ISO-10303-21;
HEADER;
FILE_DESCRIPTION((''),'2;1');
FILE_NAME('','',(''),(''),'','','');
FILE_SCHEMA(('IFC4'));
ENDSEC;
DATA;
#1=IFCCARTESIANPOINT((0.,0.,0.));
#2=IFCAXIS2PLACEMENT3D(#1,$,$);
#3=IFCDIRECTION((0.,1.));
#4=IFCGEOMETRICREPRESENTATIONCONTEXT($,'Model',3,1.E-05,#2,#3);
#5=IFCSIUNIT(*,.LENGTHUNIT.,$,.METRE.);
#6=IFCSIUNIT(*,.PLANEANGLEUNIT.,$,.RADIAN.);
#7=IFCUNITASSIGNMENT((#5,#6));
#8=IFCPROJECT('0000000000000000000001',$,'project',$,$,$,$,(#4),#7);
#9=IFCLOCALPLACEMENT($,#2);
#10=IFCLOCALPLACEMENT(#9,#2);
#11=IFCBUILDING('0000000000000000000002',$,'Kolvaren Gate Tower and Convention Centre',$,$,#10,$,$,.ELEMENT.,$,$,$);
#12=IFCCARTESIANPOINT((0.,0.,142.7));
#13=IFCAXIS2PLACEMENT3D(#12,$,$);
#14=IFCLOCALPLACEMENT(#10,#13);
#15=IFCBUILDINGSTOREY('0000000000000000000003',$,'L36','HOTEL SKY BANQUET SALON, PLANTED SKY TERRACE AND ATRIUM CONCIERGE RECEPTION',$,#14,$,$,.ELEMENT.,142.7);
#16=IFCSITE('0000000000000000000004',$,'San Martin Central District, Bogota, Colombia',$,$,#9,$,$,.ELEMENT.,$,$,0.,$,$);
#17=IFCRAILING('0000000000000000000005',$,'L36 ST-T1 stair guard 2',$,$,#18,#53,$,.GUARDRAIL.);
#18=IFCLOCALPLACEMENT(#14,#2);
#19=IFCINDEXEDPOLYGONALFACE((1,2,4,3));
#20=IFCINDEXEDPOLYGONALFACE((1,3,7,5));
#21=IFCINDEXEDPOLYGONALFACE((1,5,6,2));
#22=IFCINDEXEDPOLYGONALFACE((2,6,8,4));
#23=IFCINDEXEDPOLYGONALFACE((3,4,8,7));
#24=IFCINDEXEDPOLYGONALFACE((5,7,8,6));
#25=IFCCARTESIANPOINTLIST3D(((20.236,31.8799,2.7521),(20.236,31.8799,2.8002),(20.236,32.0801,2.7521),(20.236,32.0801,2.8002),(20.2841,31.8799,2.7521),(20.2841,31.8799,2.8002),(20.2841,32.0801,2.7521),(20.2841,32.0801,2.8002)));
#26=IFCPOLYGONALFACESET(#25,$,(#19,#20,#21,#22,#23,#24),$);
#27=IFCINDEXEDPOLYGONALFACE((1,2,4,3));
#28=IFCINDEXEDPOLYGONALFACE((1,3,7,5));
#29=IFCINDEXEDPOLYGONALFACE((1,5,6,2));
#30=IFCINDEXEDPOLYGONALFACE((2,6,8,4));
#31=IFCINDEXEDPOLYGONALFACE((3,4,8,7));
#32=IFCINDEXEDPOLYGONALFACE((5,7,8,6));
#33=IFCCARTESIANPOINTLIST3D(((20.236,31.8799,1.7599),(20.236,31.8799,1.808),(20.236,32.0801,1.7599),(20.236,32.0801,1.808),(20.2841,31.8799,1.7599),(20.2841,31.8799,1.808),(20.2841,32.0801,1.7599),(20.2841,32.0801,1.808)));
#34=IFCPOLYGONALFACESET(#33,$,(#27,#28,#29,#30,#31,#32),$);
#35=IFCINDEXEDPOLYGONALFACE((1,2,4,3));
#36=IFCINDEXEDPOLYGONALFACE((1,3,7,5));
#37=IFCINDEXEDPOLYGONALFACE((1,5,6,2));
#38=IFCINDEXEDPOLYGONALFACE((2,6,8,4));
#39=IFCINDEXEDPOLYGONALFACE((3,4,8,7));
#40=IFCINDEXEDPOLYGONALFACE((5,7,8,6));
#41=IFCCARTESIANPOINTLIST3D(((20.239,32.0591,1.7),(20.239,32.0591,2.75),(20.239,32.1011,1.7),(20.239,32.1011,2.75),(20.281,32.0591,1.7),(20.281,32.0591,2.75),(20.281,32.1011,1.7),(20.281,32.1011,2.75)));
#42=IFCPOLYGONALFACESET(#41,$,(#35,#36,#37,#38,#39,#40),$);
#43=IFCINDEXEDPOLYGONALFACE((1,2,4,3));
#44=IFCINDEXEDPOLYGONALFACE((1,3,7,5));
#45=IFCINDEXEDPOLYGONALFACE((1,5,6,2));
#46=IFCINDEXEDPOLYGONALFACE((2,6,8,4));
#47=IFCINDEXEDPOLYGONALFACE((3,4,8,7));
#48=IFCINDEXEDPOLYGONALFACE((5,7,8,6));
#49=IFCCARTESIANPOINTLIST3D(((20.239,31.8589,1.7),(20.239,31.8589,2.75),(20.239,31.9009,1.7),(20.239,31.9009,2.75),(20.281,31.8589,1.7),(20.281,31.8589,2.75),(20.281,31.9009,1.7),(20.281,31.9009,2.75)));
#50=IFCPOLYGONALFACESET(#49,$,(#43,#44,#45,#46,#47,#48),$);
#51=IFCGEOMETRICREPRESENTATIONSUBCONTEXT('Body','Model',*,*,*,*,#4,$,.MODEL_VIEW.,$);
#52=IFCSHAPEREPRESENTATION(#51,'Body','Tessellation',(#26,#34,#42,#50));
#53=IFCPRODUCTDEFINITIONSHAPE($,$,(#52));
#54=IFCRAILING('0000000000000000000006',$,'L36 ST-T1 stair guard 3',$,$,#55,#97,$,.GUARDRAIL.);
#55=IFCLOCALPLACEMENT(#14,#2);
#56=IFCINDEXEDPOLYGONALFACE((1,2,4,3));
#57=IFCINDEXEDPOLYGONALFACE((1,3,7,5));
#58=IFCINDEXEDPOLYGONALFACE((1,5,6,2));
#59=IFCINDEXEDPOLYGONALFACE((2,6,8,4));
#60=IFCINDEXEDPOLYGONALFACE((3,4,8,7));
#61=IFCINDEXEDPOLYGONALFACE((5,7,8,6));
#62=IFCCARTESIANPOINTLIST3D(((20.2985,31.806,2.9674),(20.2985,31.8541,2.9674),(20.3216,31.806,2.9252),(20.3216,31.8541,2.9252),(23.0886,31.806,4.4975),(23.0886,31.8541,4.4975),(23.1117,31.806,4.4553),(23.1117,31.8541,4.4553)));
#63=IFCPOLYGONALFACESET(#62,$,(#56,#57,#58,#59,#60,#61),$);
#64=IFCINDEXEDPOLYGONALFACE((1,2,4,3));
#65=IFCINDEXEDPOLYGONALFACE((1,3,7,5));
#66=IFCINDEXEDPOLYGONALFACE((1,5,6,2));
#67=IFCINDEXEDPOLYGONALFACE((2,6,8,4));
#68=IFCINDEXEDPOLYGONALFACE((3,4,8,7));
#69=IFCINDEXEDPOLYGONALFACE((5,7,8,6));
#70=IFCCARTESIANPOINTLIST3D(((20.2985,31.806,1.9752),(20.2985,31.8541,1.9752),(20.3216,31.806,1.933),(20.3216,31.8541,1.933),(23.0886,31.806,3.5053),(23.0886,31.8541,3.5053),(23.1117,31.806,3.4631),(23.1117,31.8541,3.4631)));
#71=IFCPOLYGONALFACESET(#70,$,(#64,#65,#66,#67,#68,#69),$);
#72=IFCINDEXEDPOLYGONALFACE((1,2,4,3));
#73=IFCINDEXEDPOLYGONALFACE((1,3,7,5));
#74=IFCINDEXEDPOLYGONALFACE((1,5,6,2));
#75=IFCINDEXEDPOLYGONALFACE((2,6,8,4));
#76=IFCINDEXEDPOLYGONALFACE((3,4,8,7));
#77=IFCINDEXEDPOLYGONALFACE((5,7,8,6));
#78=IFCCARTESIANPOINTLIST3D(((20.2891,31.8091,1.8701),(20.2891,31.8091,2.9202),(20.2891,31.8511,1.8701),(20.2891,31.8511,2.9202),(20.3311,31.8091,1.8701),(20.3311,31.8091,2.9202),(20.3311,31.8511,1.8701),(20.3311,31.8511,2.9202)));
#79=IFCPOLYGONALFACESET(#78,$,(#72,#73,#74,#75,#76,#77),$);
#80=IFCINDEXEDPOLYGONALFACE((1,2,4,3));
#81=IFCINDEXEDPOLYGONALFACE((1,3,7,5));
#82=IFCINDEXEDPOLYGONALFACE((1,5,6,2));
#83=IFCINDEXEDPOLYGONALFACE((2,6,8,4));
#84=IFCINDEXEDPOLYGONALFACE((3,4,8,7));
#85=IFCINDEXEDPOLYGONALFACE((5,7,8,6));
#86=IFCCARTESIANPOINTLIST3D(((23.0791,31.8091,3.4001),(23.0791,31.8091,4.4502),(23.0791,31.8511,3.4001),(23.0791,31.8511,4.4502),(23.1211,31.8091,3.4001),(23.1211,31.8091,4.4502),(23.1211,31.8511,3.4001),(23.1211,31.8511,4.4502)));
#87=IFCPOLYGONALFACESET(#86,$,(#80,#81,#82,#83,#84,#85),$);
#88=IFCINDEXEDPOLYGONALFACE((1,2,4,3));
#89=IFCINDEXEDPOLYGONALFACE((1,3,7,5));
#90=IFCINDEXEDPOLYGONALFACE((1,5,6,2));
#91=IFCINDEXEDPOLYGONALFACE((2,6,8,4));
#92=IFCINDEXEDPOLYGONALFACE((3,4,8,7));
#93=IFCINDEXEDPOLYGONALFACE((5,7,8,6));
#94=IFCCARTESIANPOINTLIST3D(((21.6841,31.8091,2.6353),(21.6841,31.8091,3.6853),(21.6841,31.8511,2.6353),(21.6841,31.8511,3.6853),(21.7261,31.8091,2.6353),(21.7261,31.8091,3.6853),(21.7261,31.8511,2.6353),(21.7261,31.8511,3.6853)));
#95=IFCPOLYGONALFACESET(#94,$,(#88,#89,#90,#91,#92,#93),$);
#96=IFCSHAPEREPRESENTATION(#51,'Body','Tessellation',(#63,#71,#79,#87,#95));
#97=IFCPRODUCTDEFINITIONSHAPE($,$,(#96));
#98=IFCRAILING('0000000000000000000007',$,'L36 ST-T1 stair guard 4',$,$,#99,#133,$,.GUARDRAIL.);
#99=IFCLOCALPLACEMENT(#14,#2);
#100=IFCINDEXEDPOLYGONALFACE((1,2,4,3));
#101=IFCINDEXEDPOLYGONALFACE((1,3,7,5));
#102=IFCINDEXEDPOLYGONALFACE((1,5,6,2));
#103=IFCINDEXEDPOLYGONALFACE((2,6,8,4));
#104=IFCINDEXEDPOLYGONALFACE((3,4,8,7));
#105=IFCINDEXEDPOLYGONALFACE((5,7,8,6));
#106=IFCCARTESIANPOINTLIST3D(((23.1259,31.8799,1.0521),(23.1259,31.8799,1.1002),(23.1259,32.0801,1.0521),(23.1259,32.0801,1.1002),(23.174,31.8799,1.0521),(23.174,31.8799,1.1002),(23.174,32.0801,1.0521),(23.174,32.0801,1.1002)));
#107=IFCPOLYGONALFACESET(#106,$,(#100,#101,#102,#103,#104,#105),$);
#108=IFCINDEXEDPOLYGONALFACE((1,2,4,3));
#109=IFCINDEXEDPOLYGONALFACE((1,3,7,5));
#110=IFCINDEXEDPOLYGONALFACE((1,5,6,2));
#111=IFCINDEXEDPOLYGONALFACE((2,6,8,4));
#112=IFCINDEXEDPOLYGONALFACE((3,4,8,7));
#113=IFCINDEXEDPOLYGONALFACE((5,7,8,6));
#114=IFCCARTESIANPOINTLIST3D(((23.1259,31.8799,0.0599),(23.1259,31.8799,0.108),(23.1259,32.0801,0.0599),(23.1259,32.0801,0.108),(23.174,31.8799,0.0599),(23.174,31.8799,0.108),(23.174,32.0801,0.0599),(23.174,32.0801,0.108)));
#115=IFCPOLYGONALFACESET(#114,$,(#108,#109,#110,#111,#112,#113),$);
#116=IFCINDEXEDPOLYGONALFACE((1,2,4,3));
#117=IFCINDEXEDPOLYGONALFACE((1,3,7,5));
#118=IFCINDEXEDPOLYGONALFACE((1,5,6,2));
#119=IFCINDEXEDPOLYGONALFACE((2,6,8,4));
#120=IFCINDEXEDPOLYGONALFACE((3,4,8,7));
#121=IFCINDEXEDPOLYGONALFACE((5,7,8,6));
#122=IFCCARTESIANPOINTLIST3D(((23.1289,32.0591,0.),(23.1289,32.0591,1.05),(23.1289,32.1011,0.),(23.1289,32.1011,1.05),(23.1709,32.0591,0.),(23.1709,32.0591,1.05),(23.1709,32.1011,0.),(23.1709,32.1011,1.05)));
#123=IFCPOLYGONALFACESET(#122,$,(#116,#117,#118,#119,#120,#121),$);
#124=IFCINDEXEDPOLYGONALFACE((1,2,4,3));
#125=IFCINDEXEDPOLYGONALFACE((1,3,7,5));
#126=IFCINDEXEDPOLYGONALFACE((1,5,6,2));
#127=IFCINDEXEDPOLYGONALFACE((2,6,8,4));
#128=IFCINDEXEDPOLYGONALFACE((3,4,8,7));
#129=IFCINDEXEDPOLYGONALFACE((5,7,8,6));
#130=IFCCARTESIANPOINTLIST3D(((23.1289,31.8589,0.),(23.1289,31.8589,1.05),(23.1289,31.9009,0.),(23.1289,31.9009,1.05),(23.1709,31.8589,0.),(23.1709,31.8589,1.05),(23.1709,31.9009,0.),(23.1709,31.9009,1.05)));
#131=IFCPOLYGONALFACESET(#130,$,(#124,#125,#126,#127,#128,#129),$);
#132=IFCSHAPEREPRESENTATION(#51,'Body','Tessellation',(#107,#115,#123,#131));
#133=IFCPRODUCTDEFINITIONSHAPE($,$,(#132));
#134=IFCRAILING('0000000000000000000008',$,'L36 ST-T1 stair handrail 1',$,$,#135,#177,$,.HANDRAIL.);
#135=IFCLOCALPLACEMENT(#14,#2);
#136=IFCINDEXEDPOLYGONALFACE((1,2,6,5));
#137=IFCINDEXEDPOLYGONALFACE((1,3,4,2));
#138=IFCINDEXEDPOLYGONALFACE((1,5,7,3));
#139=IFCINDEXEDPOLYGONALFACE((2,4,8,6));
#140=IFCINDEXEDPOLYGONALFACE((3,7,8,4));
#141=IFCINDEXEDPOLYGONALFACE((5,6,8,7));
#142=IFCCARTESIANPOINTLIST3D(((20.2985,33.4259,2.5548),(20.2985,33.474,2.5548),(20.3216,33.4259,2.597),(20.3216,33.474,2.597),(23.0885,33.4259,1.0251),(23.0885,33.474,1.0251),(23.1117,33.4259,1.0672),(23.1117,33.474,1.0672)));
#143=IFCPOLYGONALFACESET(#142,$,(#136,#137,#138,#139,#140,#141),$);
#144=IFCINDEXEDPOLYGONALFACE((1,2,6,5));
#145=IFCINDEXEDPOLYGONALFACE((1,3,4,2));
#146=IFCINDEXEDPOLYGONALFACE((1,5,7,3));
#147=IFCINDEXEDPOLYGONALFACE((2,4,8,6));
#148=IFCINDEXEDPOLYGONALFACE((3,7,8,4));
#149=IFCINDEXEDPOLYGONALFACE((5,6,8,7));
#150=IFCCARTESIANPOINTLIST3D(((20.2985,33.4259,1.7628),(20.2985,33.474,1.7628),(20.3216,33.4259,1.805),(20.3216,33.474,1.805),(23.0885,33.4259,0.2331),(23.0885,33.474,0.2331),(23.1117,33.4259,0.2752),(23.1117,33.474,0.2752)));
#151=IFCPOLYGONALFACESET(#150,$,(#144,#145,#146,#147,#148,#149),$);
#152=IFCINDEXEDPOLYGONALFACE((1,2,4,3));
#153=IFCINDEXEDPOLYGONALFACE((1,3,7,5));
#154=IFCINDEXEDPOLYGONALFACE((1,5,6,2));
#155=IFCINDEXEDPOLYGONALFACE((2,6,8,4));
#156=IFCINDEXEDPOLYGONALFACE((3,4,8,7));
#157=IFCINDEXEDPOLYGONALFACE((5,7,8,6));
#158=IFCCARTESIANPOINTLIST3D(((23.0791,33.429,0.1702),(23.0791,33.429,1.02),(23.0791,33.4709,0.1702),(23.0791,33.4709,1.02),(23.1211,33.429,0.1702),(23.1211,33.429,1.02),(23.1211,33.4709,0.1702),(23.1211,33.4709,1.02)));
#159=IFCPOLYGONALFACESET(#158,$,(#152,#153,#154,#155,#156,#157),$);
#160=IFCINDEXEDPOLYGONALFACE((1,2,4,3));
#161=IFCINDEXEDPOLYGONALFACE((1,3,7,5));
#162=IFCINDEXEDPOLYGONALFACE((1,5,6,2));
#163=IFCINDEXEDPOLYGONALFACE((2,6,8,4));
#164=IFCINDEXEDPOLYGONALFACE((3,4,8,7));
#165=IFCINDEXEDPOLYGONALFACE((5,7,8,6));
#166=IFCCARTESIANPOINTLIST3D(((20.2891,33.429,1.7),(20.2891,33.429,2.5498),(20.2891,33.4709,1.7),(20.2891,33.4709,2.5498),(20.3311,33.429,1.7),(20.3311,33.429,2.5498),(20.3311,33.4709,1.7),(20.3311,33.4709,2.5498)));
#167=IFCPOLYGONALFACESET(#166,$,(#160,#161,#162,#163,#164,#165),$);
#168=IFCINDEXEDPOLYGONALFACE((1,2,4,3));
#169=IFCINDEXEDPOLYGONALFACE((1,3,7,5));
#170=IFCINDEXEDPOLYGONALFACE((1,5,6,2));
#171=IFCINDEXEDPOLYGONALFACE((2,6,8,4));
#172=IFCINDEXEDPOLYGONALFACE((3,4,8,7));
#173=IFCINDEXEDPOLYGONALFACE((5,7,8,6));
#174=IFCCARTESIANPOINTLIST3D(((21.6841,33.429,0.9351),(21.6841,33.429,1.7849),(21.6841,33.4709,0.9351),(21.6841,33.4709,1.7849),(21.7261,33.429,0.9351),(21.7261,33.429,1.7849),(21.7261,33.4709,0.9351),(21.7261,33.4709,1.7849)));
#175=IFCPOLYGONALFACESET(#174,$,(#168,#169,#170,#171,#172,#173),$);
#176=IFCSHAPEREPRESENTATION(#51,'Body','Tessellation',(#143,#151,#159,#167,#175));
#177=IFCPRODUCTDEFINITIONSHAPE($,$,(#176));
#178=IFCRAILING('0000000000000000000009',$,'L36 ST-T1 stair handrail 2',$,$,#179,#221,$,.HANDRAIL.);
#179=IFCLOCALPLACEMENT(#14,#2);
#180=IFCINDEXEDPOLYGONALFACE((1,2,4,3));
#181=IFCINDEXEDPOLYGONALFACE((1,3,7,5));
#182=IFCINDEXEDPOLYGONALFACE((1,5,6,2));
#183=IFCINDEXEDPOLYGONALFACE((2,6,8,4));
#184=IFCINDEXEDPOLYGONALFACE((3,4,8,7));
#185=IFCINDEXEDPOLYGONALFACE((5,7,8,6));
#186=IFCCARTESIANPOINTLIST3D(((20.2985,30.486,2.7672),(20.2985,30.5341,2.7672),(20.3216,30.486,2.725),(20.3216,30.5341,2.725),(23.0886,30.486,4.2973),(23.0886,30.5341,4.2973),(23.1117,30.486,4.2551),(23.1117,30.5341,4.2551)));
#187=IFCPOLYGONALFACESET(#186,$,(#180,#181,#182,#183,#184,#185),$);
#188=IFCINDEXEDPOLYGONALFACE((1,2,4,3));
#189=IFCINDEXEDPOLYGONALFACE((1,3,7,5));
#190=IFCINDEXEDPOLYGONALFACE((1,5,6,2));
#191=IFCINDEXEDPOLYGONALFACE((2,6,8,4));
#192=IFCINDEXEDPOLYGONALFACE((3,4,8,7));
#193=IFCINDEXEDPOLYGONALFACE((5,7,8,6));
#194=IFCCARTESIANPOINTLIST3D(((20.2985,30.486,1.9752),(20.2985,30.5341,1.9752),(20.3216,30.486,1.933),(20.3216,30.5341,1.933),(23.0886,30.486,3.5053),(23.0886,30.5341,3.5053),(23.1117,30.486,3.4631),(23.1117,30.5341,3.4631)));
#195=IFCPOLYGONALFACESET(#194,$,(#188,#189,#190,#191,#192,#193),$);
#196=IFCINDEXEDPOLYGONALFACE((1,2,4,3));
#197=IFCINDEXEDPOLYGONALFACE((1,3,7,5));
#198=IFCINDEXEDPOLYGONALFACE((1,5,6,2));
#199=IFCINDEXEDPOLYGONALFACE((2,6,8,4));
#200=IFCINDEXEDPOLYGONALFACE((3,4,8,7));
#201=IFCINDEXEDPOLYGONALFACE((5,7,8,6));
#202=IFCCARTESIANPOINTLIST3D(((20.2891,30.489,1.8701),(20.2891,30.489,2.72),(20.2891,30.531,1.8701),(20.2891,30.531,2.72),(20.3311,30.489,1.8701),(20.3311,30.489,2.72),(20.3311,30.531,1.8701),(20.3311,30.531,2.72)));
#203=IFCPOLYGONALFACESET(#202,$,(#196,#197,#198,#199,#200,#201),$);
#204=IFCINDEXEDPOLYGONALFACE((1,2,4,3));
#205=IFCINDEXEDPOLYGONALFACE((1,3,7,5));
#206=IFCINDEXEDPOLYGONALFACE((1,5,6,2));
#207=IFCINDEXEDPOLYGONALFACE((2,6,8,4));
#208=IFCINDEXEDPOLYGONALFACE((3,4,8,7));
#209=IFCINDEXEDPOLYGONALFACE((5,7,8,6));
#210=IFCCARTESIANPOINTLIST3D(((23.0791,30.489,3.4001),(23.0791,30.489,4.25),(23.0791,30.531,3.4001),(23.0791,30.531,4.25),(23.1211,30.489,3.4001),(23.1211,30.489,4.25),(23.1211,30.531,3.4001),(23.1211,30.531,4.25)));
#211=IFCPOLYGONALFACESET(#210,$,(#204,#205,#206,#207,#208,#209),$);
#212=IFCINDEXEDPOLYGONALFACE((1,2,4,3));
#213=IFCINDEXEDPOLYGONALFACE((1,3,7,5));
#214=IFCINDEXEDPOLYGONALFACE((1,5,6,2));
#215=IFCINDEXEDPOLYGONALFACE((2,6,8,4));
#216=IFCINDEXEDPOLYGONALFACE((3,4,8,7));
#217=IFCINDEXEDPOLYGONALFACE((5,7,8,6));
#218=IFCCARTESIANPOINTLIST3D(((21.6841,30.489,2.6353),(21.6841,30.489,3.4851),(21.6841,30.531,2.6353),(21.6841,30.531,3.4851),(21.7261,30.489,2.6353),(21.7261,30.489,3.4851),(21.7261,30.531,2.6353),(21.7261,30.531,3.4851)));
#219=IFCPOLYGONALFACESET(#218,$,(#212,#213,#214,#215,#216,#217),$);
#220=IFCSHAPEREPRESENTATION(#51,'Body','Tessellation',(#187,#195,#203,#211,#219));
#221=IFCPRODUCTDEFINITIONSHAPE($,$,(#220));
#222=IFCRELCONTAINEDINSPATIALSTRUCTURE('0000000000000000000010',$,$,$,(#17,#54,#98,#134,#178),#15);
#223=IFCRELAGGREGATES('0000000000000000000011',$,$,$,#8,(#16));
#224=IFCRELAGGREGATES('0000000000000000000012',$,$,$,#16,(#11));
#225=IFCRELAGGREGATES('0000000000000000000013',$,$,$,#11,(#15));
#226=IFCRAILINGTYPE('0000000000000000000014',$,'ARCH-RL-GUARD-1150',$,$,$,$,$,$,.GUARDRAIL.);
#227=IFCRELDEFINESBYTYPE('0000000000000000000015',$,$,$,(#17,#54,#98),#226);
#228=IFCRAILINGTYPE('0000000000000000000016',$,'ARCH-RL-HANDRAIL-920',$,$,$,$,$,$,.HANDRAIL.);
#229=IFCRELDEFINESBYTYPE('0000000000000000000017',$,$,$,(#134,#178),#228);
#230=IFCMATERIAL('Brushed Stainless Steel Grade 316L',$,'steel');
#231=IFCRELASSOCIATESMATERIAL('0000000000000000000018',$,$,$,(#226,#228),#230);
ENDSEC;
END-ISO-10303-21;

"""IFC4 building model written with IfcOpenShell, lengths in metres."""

from ifc_helpers import new_model, si_unit, direction, frame, origin, origin_2d, place, context, subcontext, project, spatial, rectangle, extrude, material, type_object, element, save


model = new_model("IFC4")

# Units and contexts
model_context = context("Model", 3, precision=1e-05, world=origin(), true_north=direction((0.0, 1.0)))
body_context = subcontext(model_context, "Body", "Model", "MODEL_VIEW")
ifc_project = project(units=[si_unit("LENGTHUNIT", "METRE"), si_unit("PLANEANGLEUNIT", "RADIAN")], contexts=[model_context])

# Site, building, storey
site_placement = place(None, origin())
site = spatial("IfcSite", under=ifc_project, at=site_placement, Name="San Martin Central District, Bogota, Colombia", CompositionType="ELEMENT", RefElevation=0.0)
building_placement = place(site_placement, origin())
building = spatial("IfcBuilding", under=site, at=building_placement, Name="Kolvaren Gate Tower and Convention Centre", CompositionType="ELEMENT")
storey_placement = place(building_placement, frame((0.0, 0.0, 142.7)))
storey = spatial("IfcBuildingStorey", under=building, at=storey_placement, Name="L36", Description="HOTEL SKY BANQUET SALON, PLANTED SKY TERRACE AND ATRIUM CONCIERGE RECEPTION", CompositionType="ELEMENT", Elevation=142.7)

# Shared definitions
ifc_material_1 = material(Name="Brushed Stainless Steel Grade 316L", Category="steel")

# Railings
railing_type_1 = type_object("IfcRailingType", Name="ARCH-RL-GUARD-1150", PredefinedType="GUARDRAIL", material=ifc_material_1)
railing_1_placement = place(storey_placement, frame((20.26, 32.0801, 1.7)))
element("IfcRailing", 1, at=railing_1_placement, inside=storey, type_object=railing_type_1, Name="L36 ST-T1 stair guard 2", PredefinedType="GUARDRAIL", context=body_context, shape_type="SweptSolid", body=[
    extrude(rectangle(XDim=0.0481, YDim=0.0481, at=origin_2d()), frame((0.0, 0.0, 1.0762), z_axis=(0.0, -1.0, 0.0), x_axis=(1.0, 0.0, 0.0)), (0.0, 0.0, 1.0), 0.2002),
    extrude(rectangle(XDim=0.0481, YDim=0.0481, at=origin_2d()), frame((0.0, 0.0, 0.084), z_axis=(0.0, -1.0, 0.0), x_axis=(1.0, 0.0, 0.0)), (0.0, 0.0, 1.0), 0.2002),
    extrude(rectangle(XDim=0.042, YDim=0.042, at=origin_2d()), origin(), (0.0, 0.0, 1.0), 1.05),
    extrude(rectangle(XDim=0.042, YDim=0.042, at=origin_2d()), frame((0.0, -0.2002, 0.0)), (0.0, 0.0, 1.0), 1.05),
])
railing_2_placement = place(storey_placement, frame((20.3101, 31.8301, 1.8701)))
element("IfcRailing", 2, at=railing_2_placement, inside=storey, type_object=railing_type_1, Name="L36 ST-T1 stair guard 3", PredefinedType="GUARDRAIL", context=body_context, shape_type="SweptSolid", body=[
    extrude(rectangle(XDim=0.0481, YDim=0.0481, at=origin_2d()), frame((0.0, 0.0, 1.0762), z_axis=(0.876811, 0.0, 0.480835), x_axis=(0.0, 1.0, 0.0)), (0.0, 0.0, 1.0), 3.1821),
    extrude(rectangle(XDim=0.0481, YDim=0.0481, at=origin_2d()), frame((0.0, 0.0, 0.084), z_axis=(0.876811, 0.0, 0.480835), x_axis=(0.0, 1.0, 0.0)), (0.0, 0.0, 1.0), 3.1821),
    extrude(rectangle(XDim=0.042, YDim=0.042, at=origin_2d()), origin(), (0.0, 0.0, 1.0), 1.05),
    extrude(rectangle(XDim=0.042, YDim=0.042, at=origin_2d()), frame((2.79, 0.0, 1.53)), (0.0, 0.0, 1.0), 1.05),
    extrude(rectangle(XDim=0.042, YDim=0.042, at=origin_2d()), frame((1.395, 0.0, 0.7651)), (0.0, 0.0, 1.0), 1.05),
])
railing_3_placement = place(storey_placement, frame((23.1499, 32.0801, 0.0)))
element("IfcRailing", 3, at=railing_3_placement, inside=storey, type_object=railing_type_1, Name="L36 ST-T1 stair guard 4", PredefinedType="GUARDRAIL", context=body_context, shape_type="SweptSolid", body=[
    extrude(rectangle(XDim=0.0481, YDim=0.0481, at=origin_2d()), frame((0.0, 0.0, 1.0762), z_axis=(0.0, -1.0, 0.0), x_axis=(1.0, 0.0, 0.0)), (0.0, 0.0, 1.0), 0.2002),
    extrude(rectangle(XDim=0.0481, YDim=0.0481, at=origin_2d()), frame((0.0, 0.0, 0.084), z_axis=(0.0, -1.0, 0.0), x_axis=(1.0, 0.0, 0.0)), (0.0, 0.0, 1.0), 0.2002),
    extrude(rectangle(XDim=0.042, YDim=0.042, at=origin_2d()), origin(), (0.0, 0.0, 1.0), 1.05),
    extrude(rectangle(XDim=0.042, YDim=0.042, at=origin_2d()), frame((0.0, -0.2002, 0.0)), (0.0, 0.0, 1.0), 1.05),
])
railing_type_2 = type_object("IfcRailingType", Name="ARCH-RL-HANDRAIL-920", PredefinedType="HANDRAIL", material=ifc_material_1)
railing_4_placement = place(storey_placement, frame((23.1001, 33.45, 0.1702)))
element("IfcRailing", 4, at=railing_4_placement, inside=storey, type_object=railing_type_2, Name="L36 ST-T1 stair handrail 1", PredefinedType="HANDRAIL", context=body_context, shape_type="SweptSolid", body=[
    extrude(rectangle(XDim=0.0481, YDim=0.0481, at=origin_2d()), frame((0.0, 0.0, 0.876), z_axis=(-0.876844, 0.0, 0.480776), x_axis=(0.0, -1.0, 0.0)), (0.0, 0.0, 1.0), 3.1819),
    extrude(rectangle(XDim=0.0481, YDim=0.0481, at=origin_2d()), frame((0.0, 0.0, 0.084), z_axis=(-0.876844, 0.0, 0.480776), x_axis=(0.0, -1.0, 0.0)), (0.0, 0.0, 1.0), 3.1819),
    extrude(rectangle(XDim=0.042, YDim=0.042, at=origin_2d()), origin(), (0.0, 0.0, 1.0), 0.8499),
    extrude(rectangle(XDim=0.042, YDim=0.042, at=origin_2d()), frame((-2.79, 0.0, 1.5298)), (0.0, 0.0, 1.0), 0.8499),
    extrude(rectangle(XDim=0.042, YDim=0.042, at=origin_2d()), frame((-1.395, 0.0, 0.7649)), (0.0, 0.0, 1.0), 0.8499),
])
railing_5_placement = place(storey_placement, frame((20.3101, 30.51, 1.8701)))
element("IfcRailing", 5, at=railing_5_placement, inside=storey, type_object=railing_type_2, Name="L36 ST-T1 stair handrail 2", PredefinedType="HANDRAIL", context=body_context, shape_type="SweptSolid", body=[
    extrude(rectangle(XDim=0.0481, YDim=0.0481, at=origin_2d()), frame((0.0, 0.0, 0.876), z_axis=(0.876811, 0.0, 0.480835), x_axis=(0.0, 1.0, 0.0)), (0.0, 0.0, 1.0), 3.1821),
    extrude(rectangle(XDim=0.0481, YDim=0.0481, at=origin_2d()), frame((0.0, 0.0, 0.084), z_axis=(0.876811, 0.0, 0.480835), x_axis=(0.0, 1.0, 0.0)), (0.0, 0.0, 1.0), 3.1821),
    extrude(rectangle(XDim=0.042, YDim=0.042, at=origin_2d()), origin(), (0.0, 0.0, 1.0), 0.8499),
    extrude(rectangle(XDim=0.042, YDim=0.042, at=origin_2d()), frame((2.79, 0.0, 1.53)), (0.0, 0.0, 1.0), 0.8499),
    extrude(rectangle(XDim=0.042, YDim=0.042, at=origin_2d()), frame((1.395, 0.0, 0.7651)), (0.0, 0.0, 1.0), 0.8499),
])

save(model, "model.ifc")
